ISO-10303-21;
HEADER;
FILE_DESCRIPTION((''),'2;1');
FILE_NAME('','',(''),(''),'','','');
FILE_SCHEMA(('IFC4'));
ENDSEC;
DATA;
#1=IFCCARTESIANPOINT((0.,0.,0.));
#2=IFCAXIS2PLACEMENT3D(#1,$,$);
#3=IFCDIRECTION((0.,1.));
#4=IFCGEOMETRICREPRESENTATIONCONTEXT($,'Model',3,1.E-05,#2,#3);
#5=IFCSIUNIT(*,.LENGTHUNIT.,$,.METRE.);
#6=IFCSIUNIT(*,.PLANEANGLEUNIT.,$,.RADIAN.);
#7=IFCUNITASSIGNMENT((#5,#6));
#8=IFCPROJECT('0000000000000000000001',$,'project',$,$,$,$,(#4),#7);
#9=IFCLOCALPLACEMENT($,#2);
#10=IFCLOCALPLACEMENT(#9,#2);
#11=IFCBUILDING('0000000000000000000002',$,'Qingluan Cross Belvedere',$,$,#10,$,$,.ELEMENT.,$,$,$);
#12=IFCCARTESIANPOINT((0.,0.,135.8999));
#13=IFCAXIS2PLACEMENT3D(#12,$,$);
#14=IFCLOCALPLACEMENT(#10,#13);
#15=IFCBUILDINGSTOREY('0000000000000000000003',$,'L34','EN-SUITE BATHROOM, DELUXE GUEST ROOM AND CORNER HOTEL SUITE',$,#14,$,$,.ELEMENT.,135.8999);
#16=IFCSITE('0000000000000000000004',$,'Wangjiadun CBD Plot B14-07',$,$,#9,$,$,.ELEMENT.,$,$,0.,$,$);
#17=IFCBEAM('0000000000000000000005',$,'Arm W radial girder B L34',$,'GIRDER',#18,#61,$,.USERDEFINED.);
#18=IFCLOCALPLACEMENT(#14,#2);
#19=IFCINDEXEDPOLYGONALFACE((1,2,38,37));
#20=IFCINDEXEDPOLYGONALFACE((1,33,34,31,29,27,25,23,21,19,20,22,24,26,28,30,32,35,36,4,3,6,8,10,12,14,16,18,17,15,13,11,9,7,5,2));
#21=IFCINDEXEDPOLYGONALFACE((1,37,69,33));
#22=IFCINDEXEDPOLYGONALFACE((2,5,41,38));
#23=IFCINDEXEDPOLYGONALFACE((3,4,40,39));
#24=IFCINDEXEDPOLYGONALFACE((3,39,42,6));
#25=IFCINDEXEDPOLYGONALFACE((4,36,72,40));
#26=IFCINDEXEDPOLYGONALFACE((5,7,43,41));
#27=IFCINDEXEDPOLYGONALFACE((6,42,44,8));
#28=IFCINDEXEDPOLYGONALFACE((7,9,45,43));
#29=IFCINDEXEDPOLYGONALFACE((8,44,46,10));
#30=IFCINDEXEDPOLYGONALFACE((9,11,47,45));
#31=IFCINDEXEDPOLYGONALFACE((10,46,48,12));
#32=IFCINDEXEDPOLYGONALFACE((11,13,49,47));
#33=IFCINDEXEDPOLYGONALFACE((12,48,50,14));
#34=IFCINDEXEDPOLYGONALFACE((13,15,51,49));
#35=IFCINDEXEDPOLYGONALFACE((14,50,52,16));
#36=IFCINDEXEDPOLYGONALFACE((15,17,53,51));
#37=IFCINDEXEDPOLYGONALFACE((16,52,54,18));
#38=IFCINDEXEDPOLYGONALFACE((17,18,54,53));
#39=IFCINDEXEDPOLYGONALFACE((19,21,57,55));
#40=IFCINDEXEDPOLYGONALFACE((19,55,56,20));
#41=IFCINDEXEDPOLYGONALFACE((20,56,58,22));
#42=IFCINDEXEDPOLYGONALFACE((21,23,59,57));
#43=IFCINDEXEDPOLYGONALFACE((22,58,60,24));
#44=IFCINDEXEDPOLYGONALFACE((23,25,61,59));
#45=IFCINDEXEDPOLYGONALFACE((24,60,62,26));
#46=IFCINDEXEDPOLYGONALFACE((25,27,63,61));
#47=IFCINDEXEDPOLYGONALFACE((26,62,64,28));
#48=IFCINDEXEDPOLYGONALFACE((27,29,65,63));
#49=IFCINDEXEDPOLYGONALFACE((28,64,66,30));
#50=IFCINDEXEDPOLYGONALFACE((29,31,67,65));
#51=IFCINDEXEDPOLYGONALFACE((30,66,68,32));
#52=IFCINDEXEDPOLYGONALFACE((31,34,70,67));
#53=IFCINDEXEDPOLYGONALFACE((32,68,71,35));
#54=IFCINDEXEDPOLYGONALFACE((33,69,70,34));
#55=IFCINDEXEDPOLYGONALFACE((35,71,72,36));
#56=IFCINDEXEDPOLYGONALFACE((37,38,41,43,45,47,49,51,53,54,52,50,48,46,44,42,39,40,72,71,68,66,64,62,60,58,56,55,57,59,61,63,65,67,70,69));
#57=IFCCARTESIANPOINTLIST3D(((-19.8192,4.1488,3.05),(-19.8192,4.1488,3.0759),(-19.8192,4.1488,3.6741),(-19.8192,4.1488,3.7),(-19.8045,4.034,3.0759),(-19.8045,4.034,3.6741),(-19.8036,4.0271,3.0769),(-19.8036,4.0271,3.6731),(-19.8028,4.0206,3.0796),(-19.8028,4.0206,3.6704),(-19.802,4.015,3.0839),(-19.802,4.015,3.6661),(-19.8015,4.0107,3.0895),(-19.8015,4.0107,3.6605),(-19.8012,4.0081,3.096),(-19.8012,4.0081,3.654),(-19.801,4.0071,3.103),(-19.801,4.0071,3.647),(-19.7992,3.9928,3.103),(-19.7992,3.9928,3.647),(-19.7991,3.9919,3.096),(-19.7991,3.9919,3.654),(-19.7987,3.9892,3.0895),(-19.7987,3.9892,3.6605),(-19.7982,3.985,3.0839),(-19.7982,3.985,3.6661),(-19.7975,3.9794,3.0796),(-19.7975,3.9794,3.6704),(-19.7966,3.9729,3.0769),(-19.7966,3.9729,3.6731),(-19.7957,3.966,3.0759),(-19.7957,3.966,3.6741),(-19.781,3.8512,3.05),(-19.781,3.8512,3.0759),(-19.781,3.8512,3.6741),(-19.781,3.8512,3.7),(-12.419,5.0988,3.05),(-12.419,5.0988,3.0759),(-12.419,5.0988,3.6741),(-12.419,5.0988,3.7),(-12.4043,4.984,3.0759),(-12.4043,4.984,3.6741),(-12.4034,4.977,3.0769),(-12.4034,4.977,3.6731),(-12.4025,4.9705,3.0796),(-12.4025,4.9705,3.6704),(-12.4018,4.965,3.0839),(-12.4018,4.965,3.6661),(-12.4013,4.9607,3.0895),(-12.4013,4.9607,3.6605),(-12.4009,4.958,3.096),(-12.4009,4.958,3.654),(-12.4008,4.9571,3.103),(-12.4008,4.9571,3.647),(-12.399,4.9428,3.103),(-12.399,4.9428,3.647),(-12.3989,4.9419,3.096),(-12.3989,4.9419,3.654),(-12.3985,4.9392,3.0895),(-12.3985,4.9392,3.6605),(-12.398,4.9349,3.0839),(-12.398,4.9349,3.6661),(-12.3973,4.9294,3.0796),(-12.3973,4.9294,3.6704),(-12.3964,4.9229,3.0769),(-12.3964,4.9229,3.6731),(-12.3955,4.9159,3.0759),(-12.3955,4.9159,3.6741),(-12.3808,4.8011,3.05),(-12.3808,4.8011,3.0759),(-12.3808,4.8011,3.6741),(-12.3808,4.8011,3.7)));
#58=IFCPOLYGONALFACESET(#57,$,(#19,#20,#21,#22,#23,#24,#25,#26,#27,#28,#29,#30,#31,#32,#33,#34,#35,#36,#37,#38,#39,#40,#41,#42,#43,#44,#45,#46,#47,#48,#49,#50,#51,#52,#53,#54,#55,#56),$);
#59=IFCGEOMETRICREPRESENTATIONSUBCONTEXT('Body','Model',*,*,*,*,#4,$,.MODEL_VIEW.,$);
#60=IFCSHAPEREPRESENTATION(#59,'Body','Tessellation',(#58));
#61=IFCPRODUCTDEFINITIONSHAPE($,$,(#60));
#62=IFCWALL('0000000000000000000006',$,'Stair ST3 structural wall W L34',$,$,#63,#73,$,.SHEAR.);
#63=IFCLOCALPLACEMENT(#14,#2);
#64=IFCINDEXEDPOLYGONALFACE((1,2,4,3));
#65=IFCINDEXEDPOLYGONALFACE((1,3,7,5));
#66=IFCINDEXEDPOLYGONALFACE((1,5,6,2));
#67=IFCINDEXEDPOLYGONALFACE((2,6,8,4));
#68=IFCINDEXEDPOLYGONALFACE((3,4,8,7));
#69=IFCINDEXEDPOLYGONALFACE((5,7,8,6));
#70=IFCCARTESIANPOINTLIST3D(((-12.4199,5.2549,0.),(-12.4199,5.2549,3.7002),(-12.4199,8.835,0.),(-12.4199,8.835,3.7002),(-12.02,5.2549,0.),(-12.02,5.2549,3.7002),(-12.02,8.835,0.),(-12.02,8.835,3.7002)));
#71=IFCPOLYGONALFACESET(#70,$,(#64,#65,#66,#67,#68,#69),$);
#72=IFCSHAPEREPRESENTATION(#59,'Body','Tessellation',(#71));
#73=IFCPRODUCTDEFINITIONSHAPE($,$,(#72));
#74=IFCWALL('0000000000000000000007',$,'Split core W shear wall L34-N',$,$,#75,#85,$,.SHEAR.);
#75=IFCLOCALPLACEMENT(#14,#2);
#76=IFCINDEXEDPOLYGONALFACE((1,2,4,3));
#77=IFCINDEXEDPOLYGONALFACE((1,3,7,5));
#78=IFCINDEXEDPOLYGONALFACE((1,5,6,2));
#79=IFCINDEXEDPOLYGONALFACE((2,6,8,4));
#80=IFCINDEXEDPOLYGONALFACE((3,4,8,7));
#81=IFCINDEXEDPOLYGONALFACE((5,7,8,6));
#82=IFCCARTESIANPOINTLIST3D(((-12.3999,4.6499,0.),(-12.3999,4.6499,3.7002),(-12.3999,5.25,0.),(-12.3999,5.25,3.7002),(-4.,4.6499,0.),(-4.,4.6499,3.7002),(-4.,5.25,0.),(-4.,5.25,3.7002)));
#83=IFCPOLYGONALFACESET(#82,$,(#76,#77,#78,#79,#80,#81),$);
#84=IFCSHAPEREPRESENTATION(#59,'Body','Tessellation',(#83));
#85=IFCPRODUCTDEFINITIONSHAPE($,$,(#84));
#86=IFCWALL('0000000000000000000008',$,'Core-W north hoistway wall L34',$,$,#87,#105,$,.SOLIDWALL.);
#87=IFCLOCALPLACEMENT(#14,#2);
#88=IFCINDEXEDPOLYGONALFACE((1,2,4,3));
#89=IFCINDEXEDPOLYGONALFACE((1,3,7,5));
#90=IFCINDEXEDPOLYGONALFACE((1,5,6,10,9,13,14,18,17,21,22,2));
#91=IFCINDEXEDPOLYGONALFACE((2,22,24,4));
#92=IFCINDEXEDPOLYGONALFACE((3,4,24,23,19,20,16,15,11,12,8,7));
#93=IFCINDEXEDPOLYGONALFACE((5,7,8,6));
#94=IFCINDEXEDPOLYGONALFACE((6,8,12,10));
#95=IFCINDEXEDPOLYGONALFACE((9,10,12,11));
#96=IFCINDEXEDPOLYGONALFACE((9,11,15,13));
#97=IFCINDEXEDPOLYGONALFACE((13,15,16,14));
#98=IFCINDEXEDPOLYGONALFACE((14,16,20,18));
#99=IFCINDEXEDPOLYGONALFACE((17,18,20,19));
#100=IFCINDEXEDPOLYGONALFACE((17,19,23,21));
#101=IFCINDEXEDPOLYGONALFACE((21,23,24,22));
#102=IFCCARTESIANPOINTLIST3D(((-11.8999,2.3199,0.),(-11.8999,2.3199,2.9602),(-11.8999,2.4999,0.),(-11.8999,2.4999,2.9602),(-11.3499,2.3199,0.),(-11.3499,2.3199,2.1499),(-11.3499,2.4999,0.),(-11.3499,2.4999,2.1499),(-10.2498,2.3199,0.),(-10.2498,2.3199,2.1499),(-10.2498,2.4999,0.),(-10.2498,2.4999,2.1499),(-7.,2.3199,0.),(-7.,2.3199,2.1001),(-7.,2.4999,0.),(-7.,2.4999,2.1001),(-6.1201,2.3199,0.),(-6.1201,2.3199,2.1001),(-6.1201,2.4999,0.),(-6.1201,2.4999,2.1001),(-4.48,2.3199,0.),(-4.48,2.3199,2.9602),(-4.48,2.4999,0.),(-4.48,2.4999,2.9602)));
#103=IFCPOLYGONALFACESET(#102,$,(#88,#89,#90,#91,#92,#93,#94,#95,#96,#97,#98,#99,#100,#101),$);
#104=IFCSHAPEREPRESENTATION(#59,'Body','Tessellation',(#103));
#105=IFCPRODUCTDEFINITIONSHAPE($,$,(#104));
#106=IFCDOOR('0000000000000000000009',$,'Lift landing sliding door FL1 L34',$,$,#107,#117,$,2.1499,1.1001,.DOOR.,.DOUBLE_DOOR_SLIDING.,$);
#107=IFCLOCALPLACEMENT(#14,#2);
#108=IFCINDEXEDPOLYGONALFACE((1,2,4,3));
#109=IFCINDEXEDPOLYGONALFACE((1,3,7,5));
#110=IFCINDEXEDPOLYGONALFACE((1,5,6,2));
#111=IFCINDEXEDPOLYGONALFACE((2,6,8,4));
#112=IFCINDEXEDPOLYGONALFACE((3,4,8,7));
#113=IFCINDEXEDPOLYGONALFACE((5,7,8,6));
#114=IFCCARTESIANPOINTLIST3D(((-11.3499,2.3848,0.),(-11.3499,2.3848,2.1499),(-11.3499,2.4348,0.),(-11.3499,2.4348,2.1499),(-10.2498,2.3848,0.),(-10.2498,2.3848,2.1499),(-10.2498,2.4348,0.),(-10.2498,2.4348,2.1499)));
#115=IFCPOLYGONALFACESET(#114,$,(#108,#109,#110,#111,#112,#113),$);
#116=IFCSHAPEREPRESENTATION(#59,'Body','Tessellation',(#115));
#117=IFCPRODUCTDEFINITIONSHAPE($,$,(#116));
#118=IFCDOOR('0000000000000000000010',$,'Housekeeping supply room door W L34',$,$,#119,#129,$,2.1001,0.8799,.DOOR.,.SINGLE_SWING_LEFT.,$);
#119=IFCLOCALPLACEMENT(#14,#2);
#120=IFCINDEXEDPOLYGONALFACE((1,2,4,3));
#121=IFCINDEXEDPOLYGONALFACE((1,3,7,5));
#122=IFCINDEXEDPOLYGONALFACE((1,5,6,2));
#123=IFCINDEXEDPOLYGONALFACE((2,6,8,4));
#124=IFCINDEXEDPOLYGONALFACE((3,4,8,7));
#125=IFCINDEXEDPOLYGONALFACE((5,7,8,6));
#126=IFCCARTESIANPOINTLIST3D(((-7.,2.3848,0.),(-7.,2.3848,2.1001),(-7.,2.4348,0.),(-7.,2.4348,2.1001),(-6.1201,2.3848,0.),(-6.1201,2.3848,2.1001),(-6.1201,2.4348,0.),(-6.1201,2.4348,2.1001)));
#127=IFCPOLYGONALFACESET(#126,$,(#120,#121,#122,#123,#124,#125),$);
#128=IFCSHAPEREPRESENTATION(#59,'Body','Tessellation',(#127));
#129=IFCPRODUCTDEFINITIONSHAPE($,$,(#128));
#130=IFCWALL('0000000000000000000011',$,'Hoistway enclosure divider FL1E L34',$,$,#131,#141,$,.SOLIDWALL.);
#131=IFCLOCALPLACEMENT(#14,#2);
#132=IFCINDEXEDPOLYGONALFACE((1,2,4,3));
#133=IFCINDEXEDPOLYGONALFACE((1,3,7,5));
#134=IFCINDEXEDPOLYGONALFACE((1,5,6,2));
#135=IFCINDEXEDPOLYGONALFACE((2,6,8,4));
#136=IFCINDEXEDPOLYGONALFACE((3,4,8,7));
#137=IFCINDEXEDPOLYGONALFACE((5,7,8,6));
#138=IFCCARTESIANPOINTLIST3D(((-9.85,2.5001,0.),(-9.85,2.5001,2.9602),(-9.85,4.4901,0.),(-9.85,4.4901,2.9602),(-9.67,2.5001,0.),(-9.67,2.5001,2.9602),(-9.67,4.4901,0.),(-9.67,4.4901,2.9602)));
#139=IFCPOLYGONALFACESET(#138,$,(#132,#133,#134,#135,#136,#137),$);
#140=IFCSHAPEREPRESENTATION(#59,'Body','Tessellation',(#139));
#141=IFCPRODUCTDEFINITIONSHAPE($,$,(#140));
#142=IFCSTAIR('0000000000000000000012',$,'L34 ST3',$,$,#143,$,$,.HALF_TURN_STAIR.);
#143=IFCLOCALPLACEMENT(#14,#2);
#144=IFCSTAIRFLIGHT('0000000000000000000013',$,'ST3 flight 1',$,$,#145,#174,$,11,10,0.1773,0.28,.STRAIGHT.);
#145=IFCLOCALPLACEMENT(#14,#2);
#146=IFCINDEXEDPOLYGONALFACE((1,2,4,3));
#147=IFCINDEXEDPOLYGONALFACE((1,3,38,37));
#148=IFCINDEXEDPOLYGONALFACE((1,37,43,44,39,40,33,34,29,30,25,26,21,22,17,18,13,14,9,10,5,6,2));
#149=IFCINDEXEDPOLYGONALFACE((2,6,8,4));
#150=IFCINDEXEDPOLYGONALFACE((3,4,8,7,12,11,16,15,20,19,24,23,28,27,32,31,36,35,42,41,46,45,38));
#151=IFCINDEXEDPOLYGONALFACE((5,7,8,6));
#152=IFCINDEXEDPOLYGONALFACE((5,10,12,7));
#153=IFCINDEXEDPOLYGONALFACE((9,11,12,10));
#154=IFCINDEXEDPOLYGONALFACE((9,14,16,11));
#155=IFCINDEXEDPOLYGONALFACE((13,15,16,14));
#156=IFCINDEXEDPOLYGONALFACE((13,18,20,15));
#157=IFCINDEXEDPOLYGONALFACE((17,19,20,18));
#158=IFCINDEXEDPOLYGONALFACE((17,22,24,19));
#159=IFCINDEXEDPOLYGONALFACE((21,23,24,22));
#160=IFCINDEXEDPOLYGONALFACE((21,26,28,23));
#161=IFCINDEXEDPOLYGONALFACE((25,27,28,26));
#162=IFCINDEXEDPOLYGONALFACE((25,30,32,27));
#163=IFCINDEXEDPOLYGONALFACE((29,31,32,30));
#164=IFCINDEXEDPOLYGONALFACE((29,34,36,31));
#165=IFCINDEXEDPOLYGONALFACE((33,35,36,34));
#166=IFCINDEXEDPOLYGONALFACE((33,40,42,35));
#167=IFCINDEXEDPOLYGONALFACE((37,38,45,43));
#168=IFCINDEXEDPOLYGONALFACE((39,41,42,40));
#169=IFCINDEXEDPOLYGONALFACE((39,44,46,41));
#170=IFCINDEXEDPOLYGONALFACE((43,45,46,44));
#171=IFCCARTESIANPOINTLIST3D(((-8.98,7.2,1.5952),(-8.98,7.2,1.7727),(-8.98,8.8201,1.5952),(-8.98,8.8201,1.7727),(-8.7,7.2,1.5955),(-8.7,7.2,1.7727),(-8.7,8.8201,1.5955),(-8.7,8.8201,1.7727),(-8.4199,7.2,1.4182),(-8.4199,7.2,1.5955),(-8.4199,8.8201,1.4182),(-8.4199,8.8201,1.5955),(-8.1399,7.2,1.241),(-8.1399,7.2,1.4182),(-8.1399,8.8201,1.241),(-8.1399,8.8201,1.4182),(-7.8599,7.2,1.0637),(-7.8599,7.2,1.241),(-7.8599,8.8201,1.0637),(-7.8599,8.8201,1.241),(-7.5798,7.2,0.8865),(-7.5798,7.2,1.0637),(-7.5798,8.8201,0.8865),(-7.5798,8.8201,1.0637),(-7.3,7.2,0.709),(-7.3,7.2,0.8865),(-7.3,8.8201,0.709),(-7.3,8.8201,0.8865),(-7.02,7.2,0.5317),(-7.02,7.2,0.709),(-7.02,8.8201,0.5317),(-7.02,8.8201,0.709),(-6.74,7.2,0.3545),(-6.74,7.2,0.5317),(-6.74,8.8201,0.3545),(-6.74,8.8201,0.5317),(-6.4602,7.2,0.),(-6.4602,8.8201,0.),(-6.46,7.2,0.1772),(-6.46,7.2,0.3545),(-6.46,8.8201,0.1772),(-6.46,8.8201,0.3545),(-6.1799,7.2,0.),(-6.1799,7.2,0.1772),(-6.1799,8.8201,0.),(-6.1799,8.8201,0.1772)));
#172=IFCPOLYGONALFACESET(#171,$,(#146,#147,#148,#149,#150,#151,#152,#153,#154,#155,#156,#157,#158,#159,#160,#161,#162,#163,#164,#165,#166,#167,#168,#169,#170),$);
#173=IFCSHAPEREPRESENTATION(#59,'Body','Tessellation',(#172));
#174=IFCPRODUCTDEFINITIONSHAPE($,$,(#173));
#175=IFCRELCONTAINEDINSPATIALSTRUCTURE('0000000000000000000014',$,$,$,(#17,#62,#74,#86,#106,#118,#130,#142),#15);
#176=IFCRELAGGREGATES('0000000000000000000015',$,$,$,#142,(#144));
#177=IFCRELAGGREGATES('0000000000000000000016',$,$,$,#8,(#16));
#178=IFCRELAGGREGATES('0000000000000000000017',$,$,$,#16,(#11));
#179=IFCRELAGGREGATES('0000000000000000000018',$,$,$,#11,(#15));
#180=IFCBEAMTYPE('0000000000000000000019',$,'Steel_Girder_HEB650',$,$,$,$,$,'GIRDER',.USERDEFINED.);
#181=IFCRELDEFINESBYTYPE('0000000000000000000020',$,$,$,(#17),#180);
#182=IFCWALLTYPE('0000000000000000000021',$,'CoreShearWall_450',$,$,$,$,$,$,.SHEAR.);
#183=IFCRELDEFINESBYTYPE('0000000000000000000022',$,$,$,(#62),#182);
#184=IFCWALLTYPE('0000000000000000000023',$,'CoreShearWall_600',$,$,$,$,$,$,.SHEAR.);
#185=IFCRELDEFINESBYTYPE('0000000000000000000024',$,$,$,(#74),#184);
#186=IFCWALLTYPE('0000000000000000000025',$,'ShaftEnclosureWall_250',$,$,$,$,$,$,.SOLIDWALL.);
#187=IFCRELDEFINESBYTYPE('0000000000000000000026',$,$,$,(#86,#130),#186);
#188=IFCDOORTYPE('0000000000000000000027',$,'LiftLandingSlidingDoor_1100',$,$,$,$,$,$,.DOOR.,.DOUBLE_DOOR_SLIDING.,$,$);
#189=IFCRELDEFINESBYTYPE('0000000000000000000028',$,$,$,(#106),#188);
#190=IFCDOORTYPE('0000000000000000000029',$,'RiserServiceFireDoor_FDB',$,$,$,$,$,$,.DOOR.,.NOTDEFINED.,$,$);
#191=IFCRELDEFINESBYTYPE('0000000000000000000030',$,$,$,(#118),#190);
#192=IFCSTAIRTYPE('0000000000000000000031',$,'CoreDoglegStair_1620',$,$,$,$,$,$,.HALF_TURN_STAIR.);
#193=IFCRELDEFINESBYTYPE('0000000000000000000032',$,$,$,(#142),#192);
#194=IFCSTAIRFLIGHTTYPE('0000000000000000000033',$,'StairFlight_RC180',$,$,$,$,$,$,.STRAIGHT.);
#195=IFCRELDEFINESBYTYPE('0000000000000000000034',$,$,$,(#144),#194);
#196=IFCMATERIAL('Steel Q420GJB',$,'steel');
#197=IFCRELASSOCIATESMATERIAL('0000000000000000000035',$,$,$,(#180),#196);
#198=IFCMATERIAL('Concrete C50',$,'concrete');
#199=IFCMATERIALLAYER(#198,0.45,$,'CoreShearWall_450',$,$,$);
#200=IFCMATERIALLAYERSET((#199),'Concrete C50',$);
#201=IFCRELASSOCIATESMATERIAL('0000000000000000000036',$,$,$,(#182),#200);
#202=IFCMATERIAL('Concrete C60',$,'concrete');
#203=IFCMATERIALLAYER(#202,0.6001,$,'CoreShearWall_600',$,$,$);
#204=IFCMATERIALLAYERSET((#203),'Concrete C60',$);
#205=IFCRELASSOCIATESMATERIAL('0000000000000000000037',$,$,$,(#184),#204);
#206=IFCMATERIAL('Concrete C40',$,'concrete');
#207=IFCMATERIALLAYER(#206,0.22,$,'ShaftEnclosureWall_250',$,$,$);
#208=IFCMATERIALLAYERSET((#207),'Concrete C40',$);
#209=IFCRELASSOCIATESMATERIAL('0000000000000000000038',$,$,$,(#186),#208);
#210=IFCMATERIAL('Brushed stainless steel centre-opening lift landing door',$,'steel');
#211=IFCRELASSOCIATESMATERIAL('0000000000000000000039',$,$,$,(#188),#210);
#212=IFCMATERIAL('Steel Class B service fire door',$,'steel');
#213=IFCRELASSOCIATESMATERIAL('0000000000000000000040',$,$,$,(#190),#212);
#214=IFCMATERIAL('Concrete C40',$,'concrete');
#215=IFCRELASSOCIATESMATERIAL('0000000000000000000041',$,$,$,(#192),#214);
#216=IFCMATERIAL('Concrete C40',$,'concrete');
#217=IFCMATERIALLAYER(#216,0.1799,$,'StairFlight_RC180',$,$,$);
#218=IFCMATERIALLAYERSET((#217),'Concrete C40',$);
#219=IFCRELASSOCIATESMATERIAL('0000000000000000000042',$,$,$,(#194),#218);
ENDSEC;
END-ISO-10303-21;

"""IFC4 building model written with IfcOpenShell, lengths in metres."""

from ifc_helpers import new_model, si_unit, direction, frame, frame_2d, origin, origin_2d, place, context, subcontext, project, spatial, polyline, rectangle, i_section, outline, extrude, material, layer, layer_set, material_profile, profile_set, type_object, element, fill, aggregate, save


model = new_model("IFC4")

# Units and contexts
model_context = context("Model", 3, precision=1e-05, world=origin(), true_north=direction((0.0, 1.0)))
body_context = subcontext(model_context, "Body", "Model", "MODEL_VIEW")
ifc_project = project(units=[si_unit("LENGTHUNIT", "METRE"), si_unit("PLANEANGLEUNIT", "RADIAN")], contexts=[model_context])

# Site, building, storey
site_placement = place(None, origin())
site = spatial("IfcSite", under=ifc_project, at=site_placement, Name="Wangjiadun CBD Plot B14-07", CompositionType="ELEMENT", RefElevation=0.0)
building_placement = place(site_placement, origin())
building = spatial("IfcBuilding", under=site, at=building_placement, Name="Qingluan Cross Belvedere", CompositionType="ELEMENT")
storey_placement = place(building_placement, frame((0.0, 0.0, 135.8999)))
storey = spatial("IfcBuildingStorey", under=building, at=storey_placement, Name="L34", Description="EN-SUITE BATHROOM, DELUXE GUEST ROOM AND CORNER HOTEL SUITE", CompositionType="ELEMENT", Elevation=135.8999)

# Beam
ifc_material_1 = material(Name="Steel Q420GJB", Category="steel")
ifc_material_profile_1 = material_profile(ifc_material_1, i_section(OverallWidth=0.3, OverallDepth=0.6499, WebThickness=0.0144, FlangeThickness=0.0259, FilletRadius=0.0271, at=origin_2d()), Name="HEB650")
ifc_profile_set_1 = profile_set([ifc_material_profile_1], Name="Steel Q420GJB")
beam_type_1 = type_object("IfcBeamType", Name="Steel_Girder_HEB650", ElementType="GIRDER", PredefinedType="USERDEFINED", material=ifc_profile_set_1)
beam_1_placement = place(storey_placement, frame((-12.3999, 4.95, 3.375), z_axis=(-0.991861, -0.127324, 0.0), x_axis=(0.127324, -0.991861, 0.0)))
element("IfcBeam", 1, at=beam_1_placement, inside=storey, type_object=beam_type_1, Name="Arm W radial girder B L34", ObjectType="GIRDER", PredefinedType="USERDEFINED", context=body_context, shape_type="SweptSolid", body=[
    extrude(i_section(OverallWidth=0.3, OverallDepth=0.6499, WebThickness=0.0144, FlangeThickness=0.0259, FilletRadius=0.0271, at=origin_2d()), origin(), (0.0, 0.0, 1.0), 7.4609),
])

# Wall
ifc_material_2 = material(Name="Concrete C50", Category="concrete")
ifc_layer_1 = layer(ifc_material_2, 0.45, Name="CoreShearWall_450")
ifc_layer_set_1 = layer_set([ifc_layer_1], Name="Concrete C50")
wall_type_1 = type_object("IfcWallType", Name="CoreShearWall_450", PredefinedType="SHEAR", material=ifc_layer_set_1)
wall_1_placement = place(storey_placement, frame((-12.22, 5.2549, 0.0), z_axis=(0.0, 0.0, 1.0), x_axis=(0.0, 1.0, 0.0)))
element("IfcWall", 2, at=wall_1_placement, inside=storey, type_object=wall_type_1, Name="Stair ST3 structural wall W L34", PredefinedType="SHEAR", context=body_context, shape_type="SweptSolid", body=[
    extrude(rectangle(XDim=3.5801, YDim=0.3999, at=frame_2d((1.79, 0.0))), origin(), (0.0, 0.0, 1.0), 3.7002),
])

# Wall
ifc_material_3 = material(Name="Concrete C60", Category="concrete")
ifc_layer_2 = layer(ifc_material_3, 0.6001, Name="CoreShearWall_600")
ifc_layer_set_2 = layer_set([ifc_layer_2], Name="Concrete C60")
wall_type_2 = type_object("IfcWallType", Name="CoreShearWall_600", PredefinedType="SHEAR", material=ifc_layer_set_2)
wall_2_placement = place(storey_placement, frame((-12.3999, 4.95, 0.0), z_axis=(0.0, 0.0, 1.0), x_axis=(1.0, 0.0, 0.0)))
element("IfcWall", 3, at=wall_2_placement, inside=storey, type_object=wall_type_2, Name="Split core W shear wall L34-N", PredefinedType="SHEAR", context=body_context, shape_type="SweptSolid", body=[
    extrude(rectangle(XDim=8.3999, YDim=0.6001, at=frame_2d((4.2, 0.0))), origin(), (0.0, 0.0, 1.0), 3.7002),
])

# Wall, openings, doors
ifc_material_4 = material(Name="Concrete C40", Category="concrete")
ifc_layer_3 = layer(ifc_material_4, 0.22, Name="ShaftEnclosureWall_250")
ifc_layer_set_3 = layer_set([ifc_layer_3], Name="Concrete C40")
wall_type_3 = type_object("IfcWallType", Name="ShaftEnclosureWall_250", PredefinedType="SOLIDWALL", material=ifc_layer_set_3)
wall_3_placement = place(storey_placement, frame((-11.8999, 2.4099, 0.0), z_axis=(0.0, 0.0, 1.0), x_axis=(1.0, 0.0, 0.0)))
wall_3 = element("IfcWall", 4, at=wall_3_placement, inside=storey, type_object=wall_type_3, Name="Core-W north hoistway wall L34", PredefinedType="SOLIDWALL", context=body_context, shape_type="SweptSolid", body=[
    extrude(rectangle(XDim=7.4199, YDim=0.1799, at=frame_2d((3.71, 0.0))), origin(), (0.0, 0.0, 1.0), 2.9602),
])
opening_1_placement = place(wall_3_placement, frame((0.55, 0.0, 0.0)))
opening_1 = element("IfcOpeningElement", 5, at=opening_1_placement, cuts=wall_3, PredefinedType="OPENING", context=body_context, shape_type="SweptSolid", body=[
    extrude(rectangle(XDim=1.1001, YDim=2.1499, at=frame_2d((0.55, 1.075))), frame((0.0, 0.0999, 0.0), z_axis=(0.0, -1.0, 0.0), x_axis=(1.0, 0.0, 0.0)), (0.0, 0.0, 1.0), 0.2),
])
opening_2_placement = place(wall_3_placement, frame((4.8999, 0.0, 0.0)))
opening_2 = element("IfcOpeningElement", 6, at=opening_2_placement, cuts=wall_3, PredefinedType="OPENING", context=body_context, shape_type="SweptSolid", body=[
    extrude(rectangle(XDim=0.8799, YDim=2.1001, at=frame_2d((0.4399, 1.05))), frame((0.0, 0.0999, 0.0), z_axis=(0.0, -1.0, 0.0), x_axis=(1.0, 0.0, 0.0)), (0.0, 0.0, 1.0), 0.2),
])
ifc_material_5 = material(Name="Brushed stainless steel centre-opening lift landing door", Category="steel")
door_type_1 = type_object("IfcDoorType", Name="LiftLandingSlidingDoor_1100", OperationType="DOUBLE_DOOR_SLIDING", PredefinedType="DOOR", material=ifc_material_5)
door_1_placement = place(opening_1_placement, origin())
door_1 = element("IfcDoor", 7, at=door_1_placement, inside=storey, type_object=door_type_1, Name="Lift landing sliding door FL1 L34", OperationType="DOUBLE_DOOR_SLIDING", OverallHeight=2.1499, OverallWidth=1.1001, PredefinedType="DOOR", context=body_context, shape_type="SweptSolid", body=[
    extrude(rectangle(XDim=1.1001, YDim=2.1499, at=frame_2d((0.55, 1.075))), frame((0.0, 0.0249, 0.0), z_axis=(0.0, -1.0, 0.0), x_axis=(1.0, 0.0, 0.0)), (0.0, 0.0, 1.0), 0.05),
])
fill(opening_1, door_1)
ifc_material_6 = material(Name="Steel Class B service fire door", Category="steel")
door_type_2 = type_object("IfcDoorType", Name="RiserServiceFireDoor_FDB", OperationType="NOTDEFINED", PredefinedType="DOOR", material=ifc_material_6)
door_2_placement = place(opening_2_placement, origin())
door_2 = element("IfcDoor", 8, at=door_2_placement, inside=storey, type_object=door_type_2, Name="Housekeeping supply room door W L34", OperationType="SINGLE_SWING_LEFT", OverallHeight=2.1001, OverallWidth=0.8799, PredefinedType="DOOR", context=body_context, shape_type="SweptSolid", body=[
    extrude(rectangle(XDim=0.8799, YDim=2.1001, at=frame_2d((0.4399, 1.05))), frame((0.0, 0.0249, 0.0), z_axis=(0.0, -1.0, 0.0), x_axis=(1.0, 0.0, 0.0)), (0.0, 0.0, 1.0), 0.05),
])
fill(opening_2, door_2)

# Wall
wall_4_placement = place(storey_placement, frame((-9.76, 2.5, 0.0), z_axis=(0.0, 0.0, 1.0), x_axis=(0.0, 1.0, 0.0)))
element("IfcWall", 9, at=wall_4_placement, inside=storey, type_object=wall_type_3, Name="Hoistway enclosure divider FL1E L34", PredefinedType="SOLIDWALL", context=body_context, shape_type="SweptSolid", body=[
    extrude(rectangle(XDim=1.99, YDim=0.1799, at=frame_2d((0.9951, 0.0))), origin(), (0.0, 0.0, 1.0), 2.9602),
])

# Stair, stair flight
ifc_material_7 = material(Name="Concrete C40", Category="concrete")
stair_type = type_object("IfcStairType", Name="CoreDoglegStair_1620", PredefinedType="HALF_TURN_STAIR", material=ifc_material_7)
stair_placement = place(storey_placement, origin())
stair = element("IfcStair", 10, at=stair_placement, inside=storey, type_object=stair_type, Name="L34 ST3", PredefinedType="HALF_TURN_STAIR")
ifc_material_8 = material(Name="Concrete C40", Category="concrete")
ifc_layer_4 = layer(ifc_material_8, 0.1799, Name="StairFlight_RC180")
ifc_layer_set_4 = layer_set([ifc_layer_4], Name="Concrete C40")
stair_flight_type = type_object("IfcStairFlightType", Name="StairFlight_RC180", PredefinedType="STRAIGHT", material=ifc_layer_set_4)
stair_flight_1_placement = place(storey_placement, frame((-6.1799, 8.01, 0.0), z_axis=(0.0, 0.0, 1.0), x_axis=(-1.0, 0.0, 0.0)))
stair_flight_1 = element("IfcStairFlight", 11, at=stair_flight_1_placement, type_object=stair_flight_type, Name="ST3 flight 1", NumberOfRisers=11, NumberOfTreads=10, PredefinedType="STRAIGHT", RiserHeight=0.1773, TreadLength=0.28, context=body_context, shape_type="SweptSolid", body=[
    extrude(outline(polyline([(0.0, 0.0), (0.0, 0.1772), (0.28, 0.1772), (0.28, 0.3545), (0.5601, 0.3545), (0.5601, 0.5317), (0.8401, 0.5317), (0.8401, 0.709), (1.1201, 0.709), (1.1201, 0.8865), (1.3999, 0.8865), (1.3999, 1.0637), (1.6799, 1.0637), (1.6799, 1.241), (1.96, 1.241), (1.96, 1.4182), (2.24, 1.4182), (2.24, 1.5955), (2.52, 1.5955), (2.52, 1.7727), (2.8, 1.7727), (2.8, 1.95), (2.8, 1.5952), (0.2803, 0.0), (0.0, 0.0)])), frame((0.0, 0.8101, 0.0), z_axis=(0.0, -1.0, 0.0), x_axis=(1.0, 0.0, 0.0)), (0.0, 0.0, 1.0), 1.6201),
])
aggregate(stair, [stair_flight_1])

save(model, "model.ifc")
